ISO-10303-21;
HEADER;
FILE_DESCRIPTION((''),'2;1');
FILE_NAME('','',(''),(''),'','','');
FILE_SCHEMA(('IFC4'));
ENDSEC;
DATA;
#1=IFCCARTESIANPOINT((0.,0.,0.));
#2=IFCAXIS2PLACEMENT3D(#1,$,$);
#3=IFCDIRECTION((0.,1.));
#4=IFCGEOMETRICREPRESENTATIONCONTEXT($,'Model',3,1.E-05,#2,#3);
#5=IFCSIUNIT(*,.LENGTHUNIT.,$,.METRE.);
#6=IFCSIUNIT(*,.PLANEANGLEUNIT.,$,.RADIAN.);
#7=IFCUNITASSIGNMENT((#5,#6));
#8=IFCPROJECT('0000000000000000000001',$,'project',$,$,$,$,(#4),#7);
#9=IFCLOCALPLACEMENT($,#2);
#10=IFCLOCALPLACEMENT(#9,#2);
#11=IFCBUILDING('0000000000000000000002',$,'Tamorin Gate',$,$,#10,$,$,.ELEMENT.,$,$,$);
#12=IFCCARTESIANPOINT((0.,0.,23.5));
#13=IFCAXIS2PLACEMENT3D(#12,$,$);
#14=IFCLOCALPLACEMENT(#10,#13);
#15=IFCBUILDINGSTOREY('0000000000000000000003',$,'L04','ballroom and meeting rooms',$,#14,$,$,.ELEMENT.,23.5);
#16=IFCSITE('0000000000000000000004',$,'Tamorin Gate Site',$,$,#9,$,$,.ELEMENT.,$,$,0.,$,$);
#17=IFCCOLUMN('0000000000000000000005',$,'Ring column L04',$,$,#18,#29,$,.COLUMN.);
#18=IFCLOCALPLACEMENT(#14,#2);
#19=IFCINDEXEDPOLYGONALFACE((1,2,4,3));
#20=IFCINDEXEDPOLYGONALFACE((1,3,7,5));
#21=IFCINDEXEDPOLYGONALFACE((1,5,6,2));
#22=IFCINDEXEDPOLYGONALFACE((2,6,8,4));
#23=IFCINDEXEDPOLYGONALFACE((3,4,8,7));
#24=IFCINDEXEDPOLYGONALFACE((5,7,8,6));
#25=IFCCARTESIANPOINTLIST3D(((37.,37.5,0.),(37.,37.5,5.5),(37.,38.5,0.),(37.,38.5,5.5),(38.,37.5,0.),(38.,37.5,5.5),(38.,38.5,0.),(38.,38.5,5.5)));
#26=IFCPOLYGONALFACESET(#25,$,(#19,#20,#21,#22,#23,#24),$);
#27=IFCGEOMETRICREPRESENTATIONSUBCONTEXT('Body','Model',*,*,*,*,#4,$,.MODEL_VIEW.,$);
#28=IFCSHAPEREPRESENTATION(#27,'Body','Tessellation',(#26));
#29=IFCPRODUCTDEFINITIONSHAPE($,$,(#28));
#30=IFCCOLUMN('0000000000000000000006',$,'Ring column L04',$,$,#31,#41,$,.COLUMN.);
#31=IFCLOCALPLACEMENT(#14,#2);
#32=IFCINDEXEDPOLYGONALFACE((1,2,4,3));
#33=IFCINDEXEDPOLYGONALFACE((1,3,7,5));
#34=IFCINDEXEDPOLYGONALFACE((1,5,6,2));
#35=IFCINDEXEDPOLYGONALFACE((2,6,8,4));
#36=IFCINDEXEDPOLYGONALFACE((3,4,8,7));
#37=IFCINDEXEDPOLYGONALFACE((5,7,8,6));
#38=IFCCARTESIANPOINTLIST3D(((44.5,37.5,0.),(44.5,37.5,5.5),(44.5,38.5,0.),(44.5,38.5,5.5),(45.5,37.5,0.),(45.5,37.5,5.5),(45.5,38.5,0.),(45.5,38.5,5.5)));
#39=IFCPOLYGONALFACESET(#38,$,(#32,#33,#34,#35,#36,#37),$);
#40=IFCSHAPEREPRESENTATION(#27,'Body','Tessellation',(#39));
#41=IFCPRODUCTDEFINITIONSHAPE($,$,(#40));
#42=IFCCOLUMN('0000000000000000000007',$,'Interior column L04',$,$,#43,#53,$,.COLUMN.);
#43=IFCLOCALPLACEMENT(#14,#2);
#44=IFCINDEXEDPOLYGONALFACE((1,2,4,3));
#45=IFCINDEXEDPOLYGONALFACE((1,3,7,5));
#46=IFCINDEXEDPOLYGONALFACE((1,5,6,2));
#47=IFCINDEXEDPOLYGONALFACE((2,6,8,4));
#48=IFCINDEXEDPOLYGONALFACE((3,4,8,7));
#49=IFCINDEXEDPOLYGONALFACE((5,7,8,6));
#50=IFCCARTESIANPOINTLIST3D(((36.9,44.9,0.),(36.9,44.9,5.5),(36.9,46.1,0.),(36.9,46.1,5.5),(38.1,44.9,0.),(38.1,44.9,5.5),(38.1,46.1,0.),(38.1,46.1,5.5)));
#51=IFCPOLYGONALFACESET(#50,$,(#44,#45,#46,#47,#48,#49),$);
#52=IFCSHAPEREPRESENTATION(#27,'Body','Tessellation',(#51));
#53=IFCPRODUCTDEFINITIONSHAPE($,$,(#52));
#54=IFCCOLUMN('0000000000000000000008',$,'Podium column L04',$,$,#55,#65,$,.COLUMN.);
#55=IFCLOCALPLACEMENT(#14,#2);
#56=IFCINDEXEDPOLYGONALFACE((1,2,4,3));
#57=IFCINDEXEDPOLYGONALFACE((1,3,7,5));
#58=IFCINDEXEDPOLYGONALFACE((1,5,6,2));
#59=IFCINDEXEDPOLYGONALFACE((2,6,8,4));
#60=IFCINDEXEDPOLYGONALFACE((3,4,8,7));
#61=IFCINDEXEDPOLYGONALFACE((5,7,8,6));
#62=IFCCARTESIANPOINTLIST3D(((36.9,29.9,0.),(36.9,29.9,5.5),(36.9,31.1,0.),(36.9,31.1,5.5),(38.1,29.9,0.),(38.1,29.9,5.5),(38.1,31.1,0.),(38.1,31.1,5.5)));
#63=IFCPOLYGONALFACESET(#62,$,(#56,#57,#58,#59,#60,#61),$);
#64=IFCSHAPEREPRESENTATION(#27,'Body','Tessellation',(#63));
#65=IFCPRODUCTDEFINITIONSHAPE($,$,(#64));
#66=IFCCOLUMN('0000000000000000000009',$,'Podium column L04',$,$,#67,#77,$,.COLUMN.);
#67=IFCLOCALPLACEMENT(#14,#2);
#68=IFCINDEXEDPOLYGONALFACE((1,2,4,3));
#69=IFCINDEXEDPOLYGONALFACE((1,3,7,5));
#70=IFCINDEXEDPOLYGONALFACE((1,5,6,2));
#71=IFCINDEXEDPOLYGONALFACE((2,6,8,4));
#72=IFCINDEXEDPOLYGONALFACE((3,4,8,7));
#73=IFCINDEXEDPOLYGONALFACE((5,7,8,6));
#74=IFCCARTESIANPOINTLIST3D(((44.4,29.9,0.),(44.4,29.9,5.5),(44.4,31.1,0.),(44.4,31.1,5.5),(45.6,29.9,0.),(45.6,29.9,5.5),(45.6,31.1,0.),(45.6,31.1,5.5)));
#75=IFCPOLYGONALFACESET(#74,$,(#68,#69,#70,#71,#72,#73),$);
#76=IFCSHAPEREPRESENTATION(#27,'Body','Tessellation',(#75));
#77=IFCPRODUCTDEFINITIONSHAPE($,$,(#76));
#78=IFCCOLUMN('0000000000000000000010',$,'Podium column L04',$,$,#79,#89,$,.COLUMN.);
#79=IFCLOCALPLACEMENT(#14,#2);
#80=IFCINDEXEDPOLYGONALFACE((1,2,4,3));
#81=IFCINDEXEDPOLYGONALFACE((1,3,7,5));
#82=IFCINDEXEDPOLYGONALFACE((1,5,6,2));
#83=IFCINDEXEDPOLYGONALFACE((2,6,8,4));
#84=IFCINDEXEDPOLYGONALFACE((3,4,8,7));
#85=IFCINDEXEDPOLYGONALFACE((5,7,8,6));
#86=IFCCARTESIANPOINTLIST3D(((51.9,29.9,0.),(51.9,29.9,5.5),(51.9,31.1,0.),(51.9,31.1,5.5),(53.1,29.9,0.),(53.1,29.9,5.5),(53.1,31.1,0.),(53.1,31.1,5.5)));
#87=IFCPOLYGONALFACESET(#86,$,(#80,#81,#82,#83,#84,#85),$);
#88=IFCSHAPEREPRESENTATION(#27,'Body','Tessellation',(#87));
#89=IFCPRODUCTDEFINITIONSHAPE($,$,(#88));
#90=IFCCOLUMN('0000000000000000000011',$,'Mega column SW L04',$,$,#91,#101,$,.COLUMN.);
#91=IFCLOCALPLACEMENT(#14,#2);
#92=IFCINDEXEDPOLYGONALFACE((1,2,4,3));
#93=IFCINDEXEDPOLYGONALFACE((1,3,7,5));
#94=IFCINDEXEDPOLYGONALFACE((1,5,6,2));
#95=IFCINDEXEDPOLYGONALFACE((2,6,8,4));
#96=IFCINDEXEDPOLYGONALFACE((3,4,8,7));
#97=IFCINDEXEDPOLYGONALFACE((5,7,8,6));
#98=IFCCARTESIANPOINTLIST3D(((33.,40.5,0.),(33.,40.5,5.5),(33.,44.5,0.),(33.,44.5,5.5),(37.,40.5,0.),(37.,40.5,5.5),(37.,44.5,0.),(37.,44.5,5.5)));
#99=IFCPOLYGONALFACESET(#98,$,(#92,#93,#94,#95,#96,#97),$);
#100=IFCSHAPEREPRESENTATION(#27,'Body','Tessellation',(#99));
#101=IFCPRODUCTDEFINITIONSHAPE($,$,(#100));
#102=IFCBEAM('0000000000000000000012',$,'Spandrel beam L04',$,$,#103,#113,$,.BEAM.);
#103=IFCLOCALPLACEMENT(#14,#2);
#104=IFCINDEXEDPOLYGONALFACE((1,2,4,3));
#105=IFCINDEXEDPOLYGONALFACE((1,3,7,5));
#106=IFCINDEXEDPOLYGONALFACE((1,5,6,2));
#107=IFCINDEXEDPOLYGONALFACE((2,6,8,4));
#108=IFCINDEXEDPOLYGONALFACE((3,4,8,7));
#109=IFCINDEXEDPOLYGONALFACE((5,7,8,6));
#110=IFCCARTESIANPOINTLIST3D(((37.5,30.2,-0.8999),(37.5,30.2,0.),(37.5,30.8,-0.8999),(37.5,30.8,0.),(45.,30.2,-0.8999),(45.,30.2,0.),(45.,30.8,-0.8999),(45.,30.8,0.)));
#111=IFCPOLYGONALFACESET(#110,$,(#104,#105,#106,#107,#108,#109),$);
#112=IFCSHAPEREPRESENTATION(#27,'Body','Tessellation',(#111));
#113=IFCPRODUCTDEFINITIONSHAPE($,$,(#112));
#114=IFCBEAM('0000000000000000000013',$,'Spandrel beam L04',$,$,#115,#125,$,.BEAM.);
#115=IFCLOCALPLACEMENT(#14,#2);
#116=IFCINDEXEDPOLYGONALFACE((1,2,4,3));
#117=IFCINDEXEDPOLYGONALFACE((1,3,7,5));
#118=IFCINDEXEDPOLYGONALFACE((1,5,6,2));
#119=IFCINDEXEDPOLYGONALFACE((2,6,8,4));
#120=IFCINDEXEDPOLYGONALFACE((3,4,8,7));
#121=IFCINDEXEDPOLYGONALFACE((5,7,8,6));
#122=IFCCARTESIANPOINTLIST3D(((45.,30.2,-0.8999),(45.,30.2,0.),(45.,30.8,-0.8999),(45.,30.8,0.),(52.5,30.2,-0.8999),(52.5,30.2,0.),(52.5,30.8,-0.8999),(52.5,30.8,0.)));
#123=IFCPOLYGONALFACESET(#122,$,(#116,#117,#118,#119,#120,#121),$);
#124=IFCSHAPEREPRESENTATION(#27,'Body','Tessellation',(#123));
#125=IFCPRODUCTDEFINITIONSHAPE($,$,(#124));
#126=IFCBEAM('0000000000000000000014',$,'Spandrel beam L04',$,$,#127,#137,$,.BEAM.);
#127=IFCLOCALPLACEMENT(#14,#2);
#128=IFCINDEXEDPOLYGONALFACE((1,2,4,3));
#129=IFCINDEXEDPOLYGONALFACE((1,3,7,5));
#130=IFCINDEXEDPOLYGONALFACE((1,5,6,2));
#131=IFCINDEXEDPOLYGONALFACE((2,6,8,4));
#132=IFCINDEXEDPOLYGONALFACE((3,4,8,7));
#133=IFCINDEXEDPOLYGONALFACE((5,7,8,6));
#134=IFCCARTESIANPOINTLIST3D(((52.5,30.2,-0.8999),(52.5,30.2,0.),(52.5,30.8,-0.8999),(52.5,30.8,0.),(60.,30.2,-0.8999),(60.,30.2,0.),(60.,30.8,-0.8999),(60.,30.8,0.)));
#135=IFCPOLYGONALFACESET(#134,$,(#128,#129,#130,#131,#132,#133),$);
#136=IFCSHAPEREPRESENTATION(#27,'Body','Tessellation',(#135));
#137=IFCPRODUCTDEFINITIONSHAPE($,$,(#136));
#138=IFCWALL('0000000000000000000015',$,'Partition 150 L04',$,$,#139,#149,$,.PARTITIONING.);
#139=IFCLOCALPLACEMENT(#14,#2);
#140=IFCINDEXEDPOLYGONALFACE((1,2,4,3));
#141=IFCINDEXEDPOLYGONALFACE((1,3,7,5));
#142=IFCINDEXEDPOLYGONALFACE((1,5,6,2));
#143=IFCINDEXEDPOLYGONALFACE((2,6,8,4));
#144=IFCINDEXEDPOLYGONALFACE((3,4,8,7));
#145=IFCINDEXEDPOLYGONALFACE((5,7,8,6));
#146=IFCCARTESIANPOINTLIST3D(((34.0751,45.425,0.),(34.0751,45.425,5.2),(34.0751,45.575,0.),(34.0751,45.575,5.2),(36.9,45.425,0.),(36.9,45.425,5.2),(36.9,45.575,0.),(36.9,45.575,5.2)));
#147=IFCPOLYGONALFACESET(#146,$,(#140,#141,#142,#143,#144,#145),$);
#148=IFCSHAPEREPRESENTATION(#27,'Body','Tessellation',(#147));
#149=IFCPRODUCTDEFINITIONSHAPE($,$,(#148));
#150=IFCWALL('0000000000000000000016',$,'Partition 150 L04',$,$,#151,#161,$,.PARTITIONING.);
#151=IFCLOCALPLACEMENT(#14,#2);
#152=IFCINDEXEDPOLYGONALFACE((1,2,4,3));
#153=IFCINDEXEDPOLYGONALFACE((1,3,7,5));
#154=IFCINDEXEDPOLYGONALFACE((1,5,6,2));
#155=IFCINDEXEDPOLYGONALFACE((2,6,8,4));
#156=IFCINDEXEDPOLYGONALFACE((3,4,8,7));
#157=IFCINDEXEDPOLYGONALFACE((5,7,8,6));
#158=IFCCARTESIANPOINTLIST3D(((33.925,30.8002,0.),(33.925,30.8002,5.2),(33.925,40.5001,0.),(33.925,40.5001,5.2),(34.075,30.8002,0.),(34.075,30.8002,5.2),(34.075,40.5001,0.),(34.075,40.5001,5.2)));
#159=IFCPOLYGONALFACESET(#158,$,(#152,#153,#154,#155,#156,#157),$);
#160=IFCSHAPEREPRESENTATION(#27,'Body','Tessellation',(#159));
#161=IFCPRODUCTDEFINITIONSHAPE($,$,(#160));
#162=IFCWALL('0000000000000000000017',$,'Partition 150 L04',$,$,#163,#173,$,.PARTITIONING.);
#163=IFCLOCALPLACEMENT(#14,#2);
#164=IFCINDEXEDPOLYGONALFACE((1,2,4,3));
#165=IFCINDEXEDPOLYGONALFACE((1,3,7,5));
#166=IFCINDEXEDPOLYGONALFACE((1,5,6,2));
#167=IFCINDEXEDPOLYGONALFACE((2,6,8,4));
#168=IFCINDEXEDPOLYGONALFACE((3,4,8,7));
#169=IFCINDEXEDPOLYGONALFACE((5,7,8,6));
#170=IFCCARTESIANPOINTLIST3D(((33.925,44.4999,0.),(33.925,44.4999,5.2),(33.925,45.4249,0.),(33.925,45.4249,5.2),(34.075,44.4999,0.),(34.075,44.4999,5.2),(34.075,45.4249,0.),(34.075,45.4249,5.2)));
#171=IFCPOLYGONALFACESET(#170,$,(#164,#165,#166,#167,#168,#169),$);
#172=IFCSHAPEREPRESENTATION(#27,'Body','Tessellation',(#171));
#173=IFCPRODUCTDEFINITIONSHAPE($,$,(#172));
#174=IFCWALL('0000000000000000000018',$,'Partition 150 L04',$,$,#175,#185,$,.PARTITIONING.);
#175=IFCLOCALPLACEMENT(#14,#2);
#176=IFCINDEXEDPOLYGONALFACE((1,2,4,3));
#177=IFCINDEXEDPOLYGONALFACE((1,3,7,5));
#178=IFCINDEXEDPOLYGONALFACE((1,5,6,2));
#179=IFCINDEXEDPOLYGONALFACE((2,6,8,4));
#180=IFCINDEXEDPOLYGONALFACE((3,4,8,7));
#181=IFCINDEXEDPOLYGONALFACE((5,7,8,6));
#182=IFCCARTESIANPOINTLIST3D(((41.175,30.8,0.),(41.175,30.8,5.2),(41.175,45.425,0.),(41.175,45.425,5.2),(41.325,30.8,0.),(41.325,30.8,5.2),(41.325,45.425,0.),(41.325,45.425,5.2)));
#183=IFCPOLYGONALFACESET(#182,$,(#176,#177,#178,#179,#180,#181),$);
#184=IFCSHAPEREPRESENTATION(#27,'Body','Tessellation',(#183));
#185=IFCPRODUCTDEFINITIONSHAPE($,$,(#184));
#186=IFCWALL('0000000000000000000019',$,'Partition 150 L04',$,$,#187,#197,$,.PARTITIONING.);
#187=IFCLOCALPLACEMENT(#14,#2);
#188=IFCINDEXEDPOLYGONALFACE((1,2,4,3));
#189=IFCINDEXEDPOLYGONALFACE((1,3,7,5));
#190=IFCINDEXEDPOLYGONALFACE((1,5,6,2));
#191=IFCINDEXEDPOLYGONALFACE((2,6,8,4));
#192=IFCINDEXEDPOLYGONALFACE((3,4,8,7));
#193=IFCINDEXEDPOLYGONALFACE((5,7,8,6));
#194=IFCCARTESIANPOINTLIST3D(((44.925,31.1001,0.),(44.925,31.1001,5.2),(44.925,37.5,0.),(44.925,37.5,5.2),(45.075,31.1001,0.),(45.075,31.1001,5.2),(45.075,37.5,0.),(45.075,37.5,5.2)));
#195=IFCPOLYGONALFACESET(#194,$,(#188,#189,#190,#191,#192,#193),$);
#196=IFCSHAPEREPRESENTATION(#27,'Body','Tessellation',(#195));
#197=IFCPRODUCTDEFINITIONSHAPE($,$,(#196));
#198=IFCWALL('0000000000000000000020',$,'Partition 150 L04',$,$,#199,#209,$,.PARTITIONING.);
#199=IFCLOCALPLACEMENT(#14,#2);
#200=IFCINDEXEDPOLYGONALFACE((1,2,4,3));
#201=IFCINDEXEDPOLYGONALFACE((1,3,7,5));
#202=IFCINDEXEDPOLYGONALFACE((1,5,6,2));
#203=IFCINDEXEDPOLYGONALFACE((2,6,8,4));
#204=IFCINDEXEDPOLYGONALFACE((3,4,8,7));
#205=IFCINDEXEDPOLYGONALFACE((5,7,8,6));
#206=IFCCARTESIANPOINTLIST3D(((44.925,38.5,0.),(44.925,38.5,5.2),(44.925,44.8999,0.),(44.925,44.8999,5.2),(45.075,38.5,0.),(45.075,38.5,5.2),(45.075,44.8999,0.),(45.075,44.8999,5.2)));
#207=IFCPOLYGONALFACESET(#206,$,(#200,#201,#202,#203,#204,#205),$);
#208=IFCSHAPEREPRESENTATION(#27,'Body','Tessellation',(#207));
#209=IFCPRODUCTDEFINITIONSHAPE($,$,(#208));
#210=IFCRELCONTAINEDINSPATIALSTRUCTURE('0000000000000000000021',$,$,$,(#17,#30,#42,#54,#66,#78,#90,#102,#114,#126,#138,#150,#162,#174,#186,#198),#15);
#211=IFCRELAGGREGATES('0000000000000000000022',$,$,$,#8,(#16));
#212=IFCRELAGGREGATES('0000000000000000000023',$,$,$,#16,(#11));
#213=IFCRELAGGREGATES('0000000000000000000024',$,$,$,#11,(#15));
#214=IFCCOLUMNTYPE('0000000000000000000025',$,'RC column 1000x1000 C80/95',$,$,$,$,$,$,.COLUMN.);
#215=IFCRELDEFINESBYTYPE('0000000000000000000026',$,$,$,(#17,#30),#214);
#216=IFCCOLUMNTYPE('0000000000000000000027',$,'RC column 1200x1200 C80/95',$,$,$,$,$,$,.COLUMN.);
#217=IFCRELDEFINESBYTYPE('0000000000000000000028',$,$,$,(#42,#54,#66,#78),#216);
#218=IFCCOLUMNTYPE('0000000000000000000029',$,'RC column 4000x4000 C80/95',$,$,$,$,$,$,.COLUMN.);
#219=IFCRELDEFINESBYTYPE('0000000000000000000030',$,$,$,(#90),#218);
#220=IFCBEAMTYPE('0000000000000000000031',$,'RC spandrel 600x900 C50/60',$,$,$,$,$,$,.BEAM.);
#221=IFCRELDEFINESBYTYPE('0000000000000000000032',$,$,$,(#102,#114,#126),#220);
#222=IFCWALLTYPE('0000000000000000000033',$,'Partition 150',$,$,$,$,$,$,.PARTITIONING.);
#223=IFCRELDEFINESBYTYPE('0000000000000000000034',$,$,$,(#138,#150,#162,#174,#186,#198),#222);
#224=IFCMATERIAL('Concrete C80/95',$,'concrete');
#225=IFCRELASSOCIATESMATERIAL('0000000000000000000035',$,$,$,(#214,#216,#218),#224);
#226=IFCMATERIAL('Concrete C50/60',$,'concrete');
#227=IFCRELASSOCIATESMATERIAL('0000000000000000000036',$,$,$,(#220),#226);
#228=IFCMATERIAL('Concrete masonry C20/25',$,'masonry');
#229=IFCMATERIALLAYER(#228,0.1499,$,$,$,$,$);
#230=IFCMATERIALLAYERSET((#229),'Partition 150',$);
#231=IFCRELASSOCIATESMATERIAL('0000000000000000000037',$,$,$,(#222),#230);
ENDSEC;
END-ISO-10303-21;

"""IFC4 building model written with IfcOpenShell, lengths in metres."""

from ifc_helpers import new_model, si_unit, direction, frame, frame_2d, origin, origin_2d, place, context, subcontext, project, spatial, rectangle, extrude, material, layer, layer_set, material_profile, profile_set, type_object, element, save


model = new_model("IFC4")

# Units and contexts
model_context = context("Model", 3, precision=1e-05, world=origin(), true_north=direction((0.0, 1.0)))
body_context = subcontext(model_context, "Body", "Model", "MODEL_VIEW")
ifc_project = project(units=[si_unit("LENGTHUNIT", "METRE"), si_unit("PLANEANGLEUNIT", "RADIAN")], contexts=[model_context])

# Site, building, storey
site_placement = place(None, origin())
site = spatial("IfcSite", under=ifc_project, at=site_placement, Name="Tamorin Gate Site", CompositionType="ELEMENT", RefElevation=0.0)
building_placement = place(site_placement, origin())
building = spatial("IfcBuilding", under=site, at=building_placement, Name="Tamorin Gate", CompositionType="ELEMENT")
storey_placement = place(building_placement, frame((0.0, 0.0, 23.5)))
storey = spatial("IfcBuildingStorey", under=building, at=storey_placement, Name="L04", Description="ballroom and meeting rooms", CompositionType="ELEMENT", Elevation=23.5)

# Columns
ifc_material_1 = material(Name="Concrete C80/95", Category="concrete")
ifc_material_profile_1 = material_profile(ifc_material_1, rectangle(XDim=1.0, YDim=1.0, at=origin_2d()), Name="RC 1000x1000")
ifc_profile_set_1 = profile_set([ifc_material_profile_1], Name="Concrete C80/95")
column_type_1 = type_object("IfcColumnType", Name="RC column 1000x1000 C80/95", PredefinedType="COLUMN", material=ifc_profile_set_1)
for number, where, z_axis, x_axis, name in (
    (1, (37.5, 38.0, 0.0), (0.0, 0.0, 1.0), (1.0, 0.0, 0.0), "Ring column L04"),
    (2, (45.0, 38.0, 0.0), (0.0, 0.0, 1.0), (1.0, 0.0, 0.0), "Ring column L04"),
):
    element("IfcColumn", number, at=place(storey_placement, frame(where, z_axis=z_axis, x_axis=x_axis)), inside=storey, type_object=column_type_1, Name=name, PredefinedType="COLUMN", context=body_context, shape_type="SweptSolid", body=[
        extrude(rectangle(XDim=1.0, YDim=1.0, at=origin_2d()), origin(), (0.0, 0.0, 1.0), 5.5),
    ])
ifc_material_profile_2 = material_profile(ifc_material_1, rectangle(XDim=1.2, YDim=1.2, at=origin_2d()), Name="RC 1200x1200")
ifc_profile_set_2 = profile_set([ifc_material_profile_2], Name="Concrete C80/95")
column_type_2 = type_object("IfcColumnType", Name="RC column 1200x1200 C80/95", PredefinedType="COLUMN", material=ifc_profile_set_2)
for number, where, z_axis, x_axis, name in (
    (3, (37.5, 45.5, 0.0), (0.0, 0.0, 1.0), (1.0, 0.0, 0.0), "Interior column L04"),
    (4, (37.5, 30.5, 0.0), (0.0, 0.0, 1.0), (1.0, 0.0, 0.0), "Podium column L04"),
    (5, (45.0, 30.5, 0.0), (0.0, 0.0, 1.0), (1.0, 0.0, 0.0), "Podium column L04"),
    (6, (52.5, 30.5, 0.0), (0.0, 0.0, 1.0), (1.0, 0.0, 0.0), "Podium column L04"),
):
    element("IfcColumn", number, at=place(storey_placement, frame(where, z_axis=z_axis, x_axis=x_axis)), inside=storey, type_object=column_type_2, Name=name, PredefinedType="COLUMN", context=body_context, shape_type="SweptSolid", body=[
        extrude(rectangle(XDim=1.2, YDim=1.2, at=origin_2d()), origin(), (0.0, 0.0, 1.0), 5.5),
    ])
ifc_material_profile_3 = material_profile(ifc_material_1, rectangle(XDim=4.0, YDim=4.0, at=origin_2d()), Name="RC 4000x4000")
ifc_profile_set_3 = profile_set([ifc_material_profile_3], Name="Concrete C80/95")
column_type_3 = type_object("IfcColumnType", Name="RC column 4000x4000 C80/95", PredefinedType="COLUMN", material=ifc_profile_set_3)
column_placement = place(storey_placement, frame((35.0, 42.5, 0.0), z_axis=(0.0, 0.0, 1.0), x_axis=(1.0, 0.0, 0.0)))
element("IfcColumn", 7, at=column_placement, inside=storey, type_object=column_type_3, Name="Mega column SW L04", PredefinedType="COLUMN", context=body_context, shape_type="SweptSolid", body=[
    extrude(rectangle(XDim=4.0, YDim=4.0, at=origin_2d()), origin(), (0.0, 0.0, 1.0), 5.5),
])

# Beams
ifc_material_2 = material(Name="Concrete C50/60", Category="concrete")
ifc_material_profile_4 = material_profile(ifc_material_2, rectangle(XDim=0.6001, YDim=0.8999, at=origin_2d()), Name="RC 600x900")
ifc_profile_set_4 = profile_set([ifc_material_profile_4], Name="Concrete C50/60")
beam_type = type_object("IfcBeamType", Name="RC spandrel 600x900 C50/60", PredefinedType="BEAM", material=ifc_profile_set_4)
for number, where, z_axis, x_axis, name in (
    (8, (37.5, 30.5, -0.45), (1.0, 0.0, 0.0), (0.0, 1.0, 0.0), "Spandrel beam L04"),
    (9, (45.0, 30.5, -0.45), (1.0, 0.0, 0.0), (0.0, 1.0, 0.0), "Spandrel beam L04"),
    (10, (52.5, 30.5, -0.45), (1.0, 0.0, 0.0), (0.0, 1.0, 0.0), "Spandrel beam L04"),
):
    element("IfcBeam", number, at=place(storey_placement, frame(where, z_axis=z_axis, x_axis=x_axis)), inside=storey, type_object=beam_type, Name=name, PredefinedType="BEAM", context=body_context, shape_type="SweptSolid", body=[
        extrude(rectangle(XDim=0.6001, YDim=0.8999, at=origin_2d()), origin(), (0.0, 0.0, 1.0), 7.5),
    ])

# Wall
ifc_material_3 = material(Name="Concrete masonry C20/25", Category="masonry")
ifc_layer_1 = layer(ifc_material_3, 0.1499)
ifc_layer_set_1 = layer_set([ifc_layer_1], Name="Partition 150")
wall_type_1 = type_object("IfcWallType", Name="Partition 150", PredefinedType="PARTITIONING", material=ifc_layer_set_1)
wall_1_placement = place(storey_placement, frame((34.075, 45.5, 0.0), z_axis=(0.0, 0.0, 1.0), x_axis=(1.0, 0.0, 0.0)))
element("IfcWall", 11, at=wall_1_placement, inside=storey, type_object=wall_type_1, Name="Partition 150 L04", PredefinedType="PARTITIONING", context=body_context, shape_type="SweptSolid", body=[
    extrude(rectangle(XDim=2.825, YDim=0.1499, at=frame_2d((1.4126, 0.0))), origin(), (0.0, 0.0, 1.0), 5.2),
])

# Walls
wall_2_placement = place(storey_placement, frame((34.0, 30.8, 0.0), z_axis=(0.0, 0.0, 1.0), x_axis=(0.0, 1.0, 0.0)))
element("IfcWall", 12, at=wall_2_placement, inside=storey, type_object=wall_type_1, Name="Partition 150 L04", PredefinedType="PARTITIONING", context=body_context, shape_type="SweptSolid", body=[
    extrude(rectangle(XDim=9.7, YDim=0.1499, at=frame_2d((4.8501, 0.0))), origin(), (0.0, 0.0, 1.0), 5.2),
])
wall_3_placement = place(storey_placement, frame((34.0, 44.5, 0.0), z_axis=(0.0, 0.0, 1.0), x_axis=(0.0, 1.0, 0.0)))
element("IfcWall", 13, at=wall_3_placement, inside=storey, type_object=wall_type_1, Name="Partition 150 L04", PredefinedType="PARTITIONING", context=body_context, shape_type="SweptSolid", body=[
    extrude(rectangle(XDim=0.925, YDim=0.1499, at=frame_2d((0.4624, 0.0))), origin(), (0.0, 0.0, 1.0), 5.2),
])
wall_4_placement = place(storey_placement, frame((41.25, 30.8, 0.0), z_axis=(0.0, 0.0, 1.0), x_axis=(0.0, 1.0, 0.0)))
element("IfcWall", 14, at=wall_4_placement, inside=storey, type_object=wall_type_1, Name="Partition 150 L04", PredefinedType="PARTITIONING", context=body_context, shape_type="SweptSolid", body=[
    extrude(rectangle(XDim=14.625, YDim=0.1499, at=frame_2d((7.3125, 0.0))), origin(), (0.0, 0.0, 1.0), 5.2),
])
for number, where, z_axis, x_axis, name in (
    (15, (45.0, 31.1001, 0.0), (0.0, 0.0, 1.0), (0.0, 1.0, 0.0), "Partition 150 L04"),
    (16, (45.0, 38.5, 0.0), (0.0, 0.0, 1.0), (0.0, 1.0, 0.0), "Partition 150 L04"),
):
    element("IfcWall", number, at=place(storey_placement, frame(where, z_axis=z_axis, x_axis=x_axis)), inside=storey, type_object=wall_type_1, Name=name, PredefinedType="PARTITIONING", context=body_context, shape_type="SweptSolid", body=[
        extrude(rectangle(XDim=6.3999, YDim=0.1499, at=frame_2d((3.2, 0.0))), origin(), (0.0, 0.0, 1.0), 5.2),
    ])

save(model, "model.ifc")
